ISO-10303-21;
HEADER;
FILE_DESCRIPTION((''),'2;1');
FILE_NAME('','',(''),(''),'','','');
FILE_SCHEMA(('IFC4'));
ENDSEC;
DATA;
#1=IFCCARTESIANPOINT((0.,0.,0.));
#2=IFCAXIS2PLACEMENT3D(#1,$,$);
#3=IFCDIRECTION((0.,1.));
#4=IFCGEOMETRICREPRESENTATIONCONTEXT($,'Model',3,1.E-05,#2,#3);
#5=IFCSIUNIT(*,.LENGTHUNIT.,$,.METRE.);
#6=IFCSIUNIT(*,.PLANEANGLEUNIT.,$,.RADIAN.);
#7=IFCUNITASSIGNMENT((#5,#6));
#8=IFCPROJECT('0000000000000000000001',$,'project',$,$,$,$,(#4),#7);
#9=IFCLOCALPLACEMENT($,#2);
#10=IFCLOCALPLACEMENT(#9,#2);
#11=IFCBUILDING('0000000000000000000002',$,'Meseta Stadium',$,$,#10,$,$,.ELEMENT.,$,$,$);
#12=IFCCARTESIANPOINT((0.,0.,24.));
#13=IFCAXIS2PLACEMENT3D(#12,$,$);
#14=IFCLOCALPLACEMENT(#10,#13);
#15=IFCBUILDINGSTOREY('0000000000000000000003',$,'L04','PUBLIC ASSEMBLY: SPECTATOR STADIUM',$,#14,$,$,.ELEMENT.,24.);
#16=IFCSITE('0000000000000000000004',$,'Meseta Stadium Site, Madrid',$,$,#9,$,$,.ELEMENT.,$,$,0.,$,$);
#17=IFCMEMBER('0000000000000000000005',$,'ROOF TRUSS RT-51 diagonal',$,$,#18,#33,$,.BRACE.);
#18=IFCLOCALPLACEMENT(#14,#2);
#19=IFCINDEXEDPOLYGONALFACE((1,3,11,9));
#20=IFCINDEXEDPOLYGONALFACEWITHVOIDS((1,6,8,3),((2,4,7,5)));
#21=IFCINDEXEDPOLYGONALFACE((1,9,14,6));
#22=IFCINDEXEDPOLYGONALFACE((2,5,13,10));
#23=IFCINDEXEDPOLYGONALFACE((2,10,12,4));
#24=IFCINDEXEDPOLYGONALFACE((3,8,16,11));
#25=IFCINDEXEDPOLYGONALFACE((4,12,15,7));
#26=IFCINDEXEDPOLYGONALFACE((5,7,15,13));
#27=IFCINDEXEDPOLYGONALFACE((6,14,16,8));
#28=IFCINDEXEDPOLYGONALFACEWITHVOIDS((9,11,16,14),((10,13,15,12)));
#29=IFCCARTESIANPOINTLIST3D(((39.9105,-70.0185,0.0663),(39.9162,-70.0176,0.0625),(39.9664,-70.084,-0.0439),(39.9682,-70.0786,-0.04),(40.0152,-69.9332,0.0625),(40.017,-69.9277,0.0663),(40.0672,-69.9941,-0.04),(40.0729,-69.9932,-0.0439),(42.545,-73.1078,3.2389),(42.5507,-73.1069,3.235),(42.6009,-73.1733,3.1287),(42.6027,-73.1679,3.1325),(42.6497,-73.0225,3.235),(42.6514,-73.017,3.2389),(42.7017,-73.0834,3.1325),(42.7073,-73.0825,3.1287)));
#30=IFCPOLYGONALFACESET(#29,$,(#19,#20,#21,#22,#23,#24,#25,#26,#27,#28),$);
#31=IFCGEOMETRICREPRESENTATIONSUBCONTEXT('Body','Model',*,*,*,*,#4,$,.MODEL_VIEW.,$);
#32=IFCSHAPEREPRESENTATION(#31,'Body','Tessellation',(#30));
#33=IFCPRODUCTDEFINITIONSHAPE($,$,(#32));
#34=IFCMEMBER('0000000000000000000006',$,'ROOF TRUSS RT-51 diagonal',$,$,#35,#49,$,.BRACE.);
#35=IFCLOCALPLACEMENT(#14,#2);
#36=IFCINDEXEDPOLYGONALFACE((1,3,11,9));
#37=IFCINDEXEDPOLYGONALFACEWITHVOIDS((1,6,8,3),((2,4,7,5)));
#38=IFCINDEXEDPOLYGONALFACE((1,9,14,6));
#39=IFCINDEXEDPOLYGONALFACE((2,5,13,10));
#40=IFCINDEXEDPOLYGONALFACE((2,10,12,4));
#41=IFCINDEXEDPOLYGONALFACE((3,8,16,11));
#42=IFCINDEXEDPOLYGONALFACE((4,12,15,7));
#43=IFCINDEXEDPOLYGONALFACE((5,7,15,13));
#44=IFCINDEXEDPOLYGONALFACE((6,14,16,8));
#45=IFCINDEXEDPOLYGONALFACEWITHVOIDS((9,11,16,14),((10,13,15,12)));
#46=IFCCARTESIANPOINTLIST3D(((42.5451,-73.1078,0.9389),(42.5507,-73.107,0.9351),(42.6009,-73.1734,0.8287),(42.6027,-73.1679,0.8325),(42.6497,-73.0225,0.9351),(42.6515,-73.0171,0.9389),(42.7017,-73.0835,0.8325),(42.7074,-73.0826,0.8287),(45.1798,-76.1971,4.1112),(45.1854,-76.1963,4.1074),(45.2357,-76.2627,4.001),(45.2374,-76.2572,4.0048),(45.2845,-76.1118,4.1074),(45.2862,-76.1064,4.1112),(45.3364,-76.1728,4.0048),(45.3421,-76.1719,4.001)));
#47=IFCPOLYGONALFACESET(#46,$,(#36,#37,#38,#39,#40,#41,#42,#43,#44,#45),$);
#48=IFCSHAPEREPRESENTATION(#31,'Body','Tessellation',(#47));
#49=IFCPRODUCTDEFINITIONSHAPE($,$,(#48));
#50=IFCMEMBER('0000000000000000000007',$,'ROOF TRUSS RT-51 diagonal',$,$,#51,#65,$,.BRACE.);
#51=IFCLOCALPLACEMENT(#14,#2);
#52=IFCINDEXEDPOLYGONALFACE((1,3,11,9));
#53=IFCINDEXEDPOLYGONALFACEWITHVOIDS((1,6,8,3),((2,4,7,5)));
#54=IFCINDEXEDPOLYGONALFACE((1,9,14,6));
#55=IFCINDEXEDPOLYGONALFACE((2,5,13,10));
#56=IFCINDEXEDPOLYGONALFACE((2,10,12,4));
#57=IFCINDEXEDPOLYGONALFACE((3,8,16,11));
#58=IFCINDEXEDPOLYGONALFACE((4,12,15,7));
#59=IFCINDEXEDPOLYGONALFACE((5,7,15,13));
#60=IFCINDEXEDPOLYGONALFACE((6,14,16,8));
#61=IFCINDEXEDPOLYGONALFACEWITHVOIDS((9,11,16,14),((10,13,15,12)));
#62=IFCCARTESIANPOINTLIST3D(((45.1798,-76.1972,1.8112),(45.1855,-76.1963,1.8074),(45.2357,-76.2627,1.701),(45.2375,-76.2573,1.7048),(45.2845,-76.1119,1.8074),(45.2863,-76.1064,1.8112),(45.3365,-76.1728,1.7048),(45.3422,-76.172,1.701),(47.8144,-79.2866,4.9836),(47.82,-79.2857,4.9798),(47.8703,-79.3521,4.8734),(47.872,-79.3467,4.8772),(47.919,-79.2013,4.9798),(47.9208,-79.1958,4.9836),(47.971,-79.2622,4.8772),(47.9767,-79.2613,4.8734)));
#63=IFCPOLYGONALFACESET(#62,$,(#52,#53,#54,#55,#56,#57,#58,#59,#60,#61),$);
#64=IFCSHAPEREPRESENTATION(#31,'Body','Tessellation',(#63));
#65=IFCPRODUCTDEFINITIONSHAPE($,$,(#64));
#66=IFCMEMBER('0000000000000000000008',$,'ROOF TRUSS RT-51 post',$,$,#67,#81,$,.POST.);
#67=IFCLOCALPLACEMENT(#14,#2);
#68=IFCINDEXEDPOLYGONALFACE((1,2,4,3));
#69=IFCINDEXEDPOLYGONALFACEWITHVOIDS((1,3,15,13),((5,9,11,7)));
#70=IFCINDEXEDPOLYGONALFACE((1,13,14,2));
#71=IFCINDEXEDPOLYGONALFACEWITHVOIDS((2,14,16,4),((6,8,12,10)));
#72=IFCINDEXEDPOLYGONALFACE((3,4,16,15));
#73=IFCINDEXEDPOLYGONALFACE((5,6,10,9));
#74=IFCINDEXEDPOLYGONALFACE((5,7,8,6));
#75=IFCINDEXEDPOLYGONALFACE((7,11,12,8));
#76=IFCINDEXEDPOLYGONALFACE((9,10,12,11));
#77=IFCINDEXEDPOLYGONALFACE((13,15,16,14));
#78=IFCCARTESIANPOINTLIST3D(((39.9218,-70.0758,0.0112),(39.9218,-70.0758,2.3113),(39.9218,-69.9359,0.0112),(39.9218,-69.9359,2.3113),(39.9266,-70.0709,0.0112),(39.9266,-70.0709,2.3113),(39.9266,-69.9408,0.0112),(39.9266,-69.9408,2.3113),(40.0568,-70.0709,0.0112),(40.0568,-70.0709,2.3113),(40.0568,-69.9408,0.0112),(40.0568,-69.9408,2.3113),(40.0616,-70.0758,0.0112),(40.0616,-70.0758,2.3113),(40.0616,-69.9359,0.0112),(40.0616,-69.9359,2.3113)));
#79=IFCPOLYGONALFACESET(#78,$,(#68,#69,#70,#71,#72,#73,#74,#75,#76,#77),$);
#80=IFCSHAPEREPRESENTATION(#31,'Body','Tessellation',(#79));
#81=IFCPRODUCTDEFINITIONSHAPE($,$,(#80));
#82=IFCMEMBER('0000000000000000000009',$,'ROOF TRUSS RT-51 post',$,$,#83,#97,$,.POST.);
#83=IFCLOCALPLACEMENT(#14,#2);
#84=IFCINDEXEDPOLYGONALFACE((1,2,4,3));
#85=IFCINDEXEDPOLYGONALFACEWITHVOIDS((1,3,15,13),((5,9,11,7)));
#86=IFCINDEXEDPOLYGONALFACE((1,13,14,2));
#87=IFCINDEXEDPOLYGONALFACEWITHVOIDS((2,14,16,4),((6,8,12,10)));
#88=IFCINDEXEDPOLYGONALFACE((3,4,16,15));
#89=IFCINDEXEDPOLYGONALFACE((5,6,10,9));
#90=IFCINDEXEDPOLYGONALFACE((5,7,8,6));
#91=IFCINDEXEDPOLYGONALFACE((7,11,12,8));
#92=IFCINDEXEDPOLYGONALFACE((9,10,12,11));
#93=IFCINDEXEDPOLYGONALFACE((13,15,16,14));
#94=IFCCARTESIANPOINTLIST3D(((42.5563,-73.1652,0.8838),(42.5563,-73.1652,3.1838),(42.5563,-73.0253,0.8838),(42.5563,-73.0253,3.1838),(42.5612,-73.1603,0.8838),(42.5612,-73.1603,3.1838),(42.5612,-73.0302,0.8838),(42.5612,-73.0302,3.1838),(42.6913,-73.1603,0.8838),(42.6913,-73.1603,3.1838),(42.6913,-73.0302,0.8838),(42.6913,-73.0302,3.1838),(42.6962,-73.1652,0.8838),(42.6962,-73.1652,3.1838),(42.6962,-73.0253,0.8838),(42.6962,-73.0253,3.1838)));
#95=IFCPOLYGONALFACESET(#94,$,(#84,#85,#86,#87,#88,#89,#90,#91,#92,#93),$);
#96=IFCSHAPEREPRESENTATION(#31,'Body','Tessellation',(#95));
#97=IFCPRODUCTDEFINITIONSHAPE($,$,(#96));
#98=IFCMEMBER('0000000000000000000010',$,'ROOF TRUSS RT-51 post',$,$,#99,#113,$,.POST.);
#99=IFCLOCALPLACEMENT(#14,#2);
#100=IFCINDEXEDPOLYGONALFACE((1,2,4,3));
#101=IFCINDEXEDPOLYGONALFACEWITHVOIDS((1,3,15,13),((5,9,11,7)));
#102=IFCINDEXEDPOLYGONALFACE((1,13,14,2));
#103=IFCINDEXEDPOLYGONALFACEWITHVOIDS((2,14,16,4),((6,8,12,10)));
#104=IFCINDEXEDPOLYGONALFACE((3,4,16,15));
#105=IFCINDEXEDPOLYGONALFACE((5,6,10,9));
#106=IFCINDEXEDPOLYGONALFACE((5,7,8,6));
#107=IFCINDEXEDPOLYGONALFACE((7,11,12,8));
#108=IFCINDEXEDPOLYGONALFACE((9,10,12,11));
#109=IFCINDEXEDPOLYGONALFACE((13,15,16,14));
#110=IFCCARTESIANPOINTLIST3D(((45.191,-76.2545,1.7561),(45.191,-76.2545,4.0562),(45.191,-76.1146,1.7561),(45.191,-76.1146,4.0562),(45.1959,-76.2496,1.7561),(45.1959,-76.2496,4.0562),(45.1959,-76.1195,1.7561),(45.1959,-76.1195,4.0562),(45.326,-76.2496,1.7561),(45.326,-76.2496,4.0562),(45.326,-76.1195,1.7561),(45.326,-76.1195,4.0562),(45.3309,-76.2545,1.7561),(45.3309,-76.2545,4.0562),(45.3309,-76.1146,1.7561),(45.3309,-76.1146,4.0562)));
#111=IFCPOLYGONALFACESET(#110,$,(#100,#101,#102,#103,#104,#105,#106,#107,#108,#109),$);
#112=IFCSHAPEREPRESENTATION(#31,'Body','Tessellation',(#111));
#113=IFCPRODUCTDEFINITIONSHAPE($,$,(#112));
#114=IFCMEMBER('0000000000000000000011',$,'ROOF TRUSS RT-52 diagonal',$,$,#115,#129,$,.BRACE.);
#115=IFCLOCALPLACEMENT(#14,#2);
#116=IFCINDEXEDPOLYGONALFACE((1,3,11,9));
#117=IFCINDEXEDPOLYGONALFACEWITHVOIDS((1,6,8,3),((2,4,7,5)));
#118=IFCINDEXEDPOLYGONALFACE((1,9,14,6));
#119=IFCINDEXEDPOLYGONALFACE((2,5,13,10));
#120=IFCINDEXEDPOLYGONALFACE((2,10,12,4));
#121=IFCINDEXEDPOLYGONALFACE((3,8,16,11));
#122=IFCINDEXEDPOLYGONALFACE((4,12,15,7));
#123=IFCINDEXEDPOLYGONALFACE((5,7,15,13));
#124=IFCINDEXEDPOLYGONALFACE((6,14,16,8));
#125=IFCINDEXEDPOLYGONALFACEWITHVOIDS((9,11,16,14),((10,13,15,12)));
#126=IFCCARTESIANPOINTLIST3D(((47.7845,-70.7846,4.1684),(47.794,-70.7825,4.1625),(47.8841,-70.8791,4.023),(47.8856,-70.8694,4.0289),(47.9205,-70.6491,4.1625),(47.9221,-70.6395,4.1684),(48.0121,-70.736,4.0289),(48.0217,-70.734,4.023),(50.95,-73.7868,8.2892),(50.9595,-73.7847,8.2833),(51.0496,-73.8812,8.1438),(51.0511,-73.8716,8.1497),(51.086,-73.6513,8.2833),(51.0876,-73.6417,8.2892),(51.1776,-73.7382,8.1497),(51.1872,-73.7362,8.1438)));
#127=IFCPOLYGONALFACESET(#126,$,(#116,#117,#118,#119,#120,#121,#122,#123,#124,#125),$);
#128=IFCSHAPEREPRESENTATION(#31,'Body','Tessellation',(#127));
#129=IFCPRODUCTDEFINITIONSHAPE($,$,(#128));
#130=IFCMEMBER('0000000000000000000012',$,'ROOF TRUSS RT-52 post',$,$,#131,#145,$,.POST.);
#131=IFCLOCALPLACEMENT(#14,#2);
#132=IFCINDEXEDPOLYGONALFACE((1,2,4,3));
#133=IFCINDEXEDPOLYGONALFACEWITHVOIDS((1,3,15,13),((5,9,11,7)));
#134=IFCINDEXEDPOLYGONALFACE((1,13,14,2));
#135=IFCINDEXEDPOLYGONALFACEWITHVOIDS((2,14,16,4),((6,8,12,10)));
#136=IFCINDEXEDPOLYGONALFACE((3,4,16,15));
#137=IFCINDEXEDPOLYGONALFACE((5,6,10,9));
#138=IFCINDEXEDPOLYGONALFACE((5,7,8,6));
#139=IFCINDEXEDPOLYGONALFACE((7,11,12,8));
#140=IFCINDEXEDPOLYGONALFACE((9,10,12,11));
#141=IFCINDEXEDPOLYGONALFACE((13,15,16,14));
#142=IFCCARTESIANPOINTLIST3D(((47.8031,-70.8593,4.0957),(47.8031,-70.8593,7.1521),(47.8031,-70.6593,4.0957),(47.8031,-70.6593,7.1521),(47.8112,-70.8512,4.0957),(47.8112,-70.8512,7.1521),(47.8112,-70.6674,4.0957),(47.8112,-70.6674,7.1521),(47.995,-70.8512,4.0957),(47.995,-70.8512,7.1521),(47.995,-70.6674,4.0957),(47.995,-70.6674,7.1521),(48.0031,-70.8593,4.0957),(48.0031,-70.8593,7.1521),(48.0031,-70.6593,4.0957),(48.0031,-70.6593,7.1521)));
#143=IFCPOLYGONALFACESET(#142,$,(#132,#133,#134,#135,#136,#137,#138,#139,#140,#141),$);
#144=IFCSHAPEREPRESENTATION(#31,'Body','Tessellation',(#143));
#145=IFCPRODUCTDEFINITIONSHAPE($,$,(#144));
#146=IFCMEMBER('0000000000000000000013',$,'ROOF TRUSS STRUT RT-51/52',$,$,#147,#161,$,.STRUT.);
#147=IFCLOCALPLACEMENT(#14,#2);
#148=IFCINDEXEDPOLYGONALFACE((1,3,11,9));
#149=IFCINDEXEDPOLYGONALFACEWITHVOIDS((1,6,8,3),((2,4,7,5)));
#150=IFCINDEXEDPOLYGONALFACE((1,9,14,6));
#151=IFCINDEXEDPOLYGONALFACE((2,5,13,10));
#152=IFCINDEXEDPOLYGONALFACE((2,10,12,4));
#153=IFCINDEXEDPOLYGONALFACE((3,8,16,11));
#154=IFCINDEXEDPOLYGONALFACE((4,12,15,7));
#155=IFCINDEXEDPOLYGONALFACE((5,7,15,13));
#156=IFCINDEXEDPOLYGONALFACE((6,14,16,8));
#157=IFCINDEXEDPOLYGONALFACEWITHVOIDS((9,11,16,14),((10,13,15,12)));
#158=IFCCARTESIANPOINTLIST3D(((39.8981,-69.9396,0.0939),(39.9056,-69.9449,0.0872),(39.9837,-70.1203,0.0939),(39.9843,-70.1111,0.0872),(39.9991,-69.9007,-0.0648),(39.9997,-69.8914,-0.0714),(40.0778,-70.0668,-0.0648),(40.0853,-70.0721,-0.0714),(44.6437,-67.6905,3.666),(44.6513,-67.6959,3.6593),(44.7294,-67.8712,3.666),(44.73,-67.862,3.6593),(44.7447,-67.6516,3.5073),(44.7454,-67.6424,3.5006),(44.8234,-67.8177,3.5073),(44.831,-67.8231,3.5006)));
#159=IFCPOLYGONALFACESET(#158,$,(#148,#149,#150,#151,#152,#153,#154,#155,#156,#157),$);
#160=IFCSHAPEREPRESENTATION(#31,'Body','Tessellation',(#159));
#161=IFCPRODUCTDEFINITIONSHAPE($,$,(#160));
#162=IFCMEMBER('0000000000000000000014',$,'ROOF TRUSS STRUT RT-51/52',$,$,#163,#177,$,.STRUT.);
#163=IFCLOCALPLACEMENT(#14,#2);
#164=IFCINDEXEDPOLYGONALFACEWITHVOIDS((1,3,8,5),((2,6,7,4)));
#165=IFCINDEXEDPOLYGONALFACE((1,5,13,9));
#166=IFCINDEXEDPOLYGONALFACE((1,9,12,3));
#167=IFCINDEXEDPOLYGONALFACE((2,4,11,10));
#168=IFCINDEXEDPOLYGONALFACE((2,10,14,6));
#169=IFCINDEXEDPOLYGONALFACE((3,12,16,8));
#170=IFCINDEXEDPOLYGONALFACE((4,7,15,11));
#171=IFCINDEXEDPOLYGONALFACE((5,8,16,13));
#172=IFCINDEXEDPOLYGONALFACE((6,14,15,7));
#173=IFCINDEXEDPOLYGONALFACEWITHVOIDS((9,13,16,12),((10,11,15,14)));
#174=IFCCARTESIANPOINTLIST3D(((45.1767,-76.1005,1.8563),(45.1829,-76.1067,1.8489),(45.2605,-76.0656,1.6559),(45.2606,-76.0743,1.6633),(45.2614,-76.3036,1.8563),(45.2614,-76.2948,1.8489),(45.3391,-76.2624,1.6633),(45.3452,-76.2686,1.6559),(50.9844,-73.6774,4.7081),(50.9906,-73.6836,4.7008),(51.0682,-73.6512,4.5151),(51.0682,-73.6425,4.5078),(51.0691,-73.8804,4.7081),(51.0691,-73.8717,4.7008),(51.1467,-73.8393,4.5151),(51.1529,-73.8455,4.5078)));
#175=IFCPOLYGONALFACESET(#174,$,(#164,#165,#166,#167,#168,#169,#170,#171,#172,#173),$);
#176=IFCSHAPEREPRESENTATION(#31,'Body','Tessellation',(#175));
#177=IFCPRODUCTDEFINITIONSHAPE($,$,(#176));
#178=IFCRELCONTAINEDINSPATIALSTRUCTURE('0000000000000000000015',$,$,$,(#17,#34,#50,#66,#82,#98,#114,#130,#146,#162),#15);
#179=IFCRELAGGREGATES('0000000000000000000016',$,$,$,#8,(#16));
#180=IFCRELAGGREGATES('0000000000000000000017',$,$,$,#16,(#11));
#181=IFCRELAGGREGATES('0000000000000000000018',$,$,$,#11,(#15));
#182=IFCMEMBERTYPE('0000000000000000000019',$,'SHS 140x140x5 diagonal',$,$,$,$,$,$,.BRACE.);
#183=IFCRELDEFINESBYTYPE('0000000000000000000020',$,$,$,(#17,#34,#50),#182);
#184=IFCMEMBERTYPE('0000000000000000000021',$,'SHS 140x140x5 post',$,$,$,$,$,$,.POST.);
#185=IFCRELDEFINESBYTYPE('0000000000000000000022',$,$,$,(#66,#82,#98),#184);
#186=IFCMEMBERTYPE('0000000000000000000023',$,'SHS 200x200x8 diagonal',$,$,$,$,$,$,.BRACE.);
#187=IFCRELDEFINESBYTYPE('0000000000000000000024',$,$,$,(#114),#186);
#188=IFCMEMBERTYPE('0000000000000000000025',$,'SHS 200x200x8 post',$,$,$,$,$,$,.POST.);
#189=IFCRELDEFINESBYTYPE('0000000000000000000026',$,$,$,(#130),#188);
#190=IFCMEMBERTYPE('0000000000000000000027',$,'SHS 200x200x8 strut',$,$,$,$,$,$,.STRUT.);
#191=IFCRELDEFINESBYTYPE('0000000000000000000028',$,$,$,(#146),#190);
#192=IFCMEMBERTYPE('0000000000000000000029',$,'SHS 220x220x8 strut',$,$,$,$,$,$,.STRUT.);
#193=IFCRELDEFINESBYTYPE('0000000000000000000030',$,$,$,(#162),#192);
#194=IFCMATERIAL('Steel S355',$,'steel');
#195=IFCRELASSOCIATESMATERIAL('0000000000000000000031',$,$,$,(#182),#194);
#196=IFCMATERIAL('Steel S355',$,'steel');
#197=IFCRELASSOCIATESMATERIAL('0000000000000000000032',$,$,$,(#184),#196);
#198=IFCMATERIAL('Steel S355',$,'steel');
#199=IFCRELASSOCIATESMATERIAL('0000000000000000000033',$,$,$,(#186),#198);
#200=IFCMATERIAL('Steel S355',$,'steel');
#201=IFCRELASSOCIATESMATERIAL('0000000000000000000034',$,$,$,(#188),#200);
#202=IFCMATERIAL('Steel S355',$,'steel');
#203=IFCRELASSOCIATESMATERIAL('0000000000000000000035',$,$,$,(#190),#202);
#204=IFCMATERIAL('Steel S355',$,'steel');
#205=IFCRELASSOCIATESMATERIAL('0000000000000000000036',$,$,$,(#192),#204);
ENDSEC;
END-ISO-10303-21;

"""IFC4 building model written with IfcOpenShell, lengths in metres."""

from ifc_helpers import new_model, si_unit, direction, frame, origin, origin_2d, place, context, subcontext, project, spatial, hollow_rectangle, extrude, material, material_profile, profile_set, type_object, element, save


model = new_model("IFC4")

# Units and contexts
model_context = context("Model", 3, precision=1e-05, world=origin(), true_north=direction((0.0, 1.0)))
body_context = subcontext(model_context, "Body", "Model", "MODEL_VIEW")
ifc_project = project(units=[si_unit("LENGTHUNIT", "METRE"), si_unit("PLANEANGLEUNIT", "RADIAN")], contexts=[model_context])

# Site, building, storey
site_placement = place(None, origin())
site = spatial("IfcSite", under=ifc_project, at=site_placement, Name="Meseta Stadium Site, Madrid", CompositionType="ELEMENT", RefElevation=0.0)
building_placement = place(site_placement, origin())
building = spatial("IfcBuilding", under=site, at=building_placement, Name="Meseta Stadium", CompositionType="ELEMENT")
storey_placement = place(building_placement, frame((0.0, 0.0, 24.0)))
storey = spatial("IfcBuildingStorey", under=building, at=storey_placement, Name="L04", Description="PUBLIC ASSEMBLY: SPECTATOR STADIUM", CompositionType="ELEMENT", Elevation=24.0)

# Members
ifc_material_1 = material(Name="Steel S355", Category="steel")
ifc_material_profile_1 = material_profile(ifc_material_1, hollow_rectangle(XDim=0.1399, YDim=0.1399, WallThickness=0.0049, at=origin_2d()), Name="SHS 140x140x5")
ifc_profile_set_1 = profile_set([ifc_material_profile_1], Name="Steel S355")
member_type_1 = type_object("IfcMemberType", Name="SHS 140x140x5 diagonal", PredefinedType="BRACE", material=ifc_profile_set_1)
for number, where, z_axis, x_axis, name in (
    (1, (39.9917, -70.0059, 0.0112), (0.51129, -0.599561, 0.615718), (0.760897, 0.648873, 0.0), "ROOF TRUSS RT-51 diagonal"),
    (2, (42.6262, -73.0952, 0.8838), (0.51134, -0.599564, 0.615674), (0.760867, 0.648908, 0.0), "ROOF TRUSS RT-51 diagonal"),
    (3, (45.261, -76.1846, 1.7561), (0.511305, -0.599579, 0.615689), (0.760897, 0.648873, 0.0), "ROOF TRUSS RT-51 diagonal"),
):
    element("IfcMember", number, at=place(storey_placement, frame(where, z_axis=z_axis, x_axis=x_axis)), inside=storey, type_object=member_type_1, Name=name, PredefinedType="BRACE", context=body_context, shape_type="SweptSolid", body=[
        extrude(hollow_rectangle(XDim=0.1399, YDim=0.1399, WallThickness=0.0049, at=origin_2d()), origin(), (0.0, 0.0, 1.0), 5.1526),
    ])
ifc_material_2 = material(Name="Steel S355", Category="steel")
ifc_material_profile_2 = material_profile(ifc_material_2, hollow_rectangle(XDim=0.1399, YDim=0.1399, WallThickness=0.0049, at=origin_2d()), Name="SHS 140x140x5")
ifc_profile_set_2 = profile_set([ifc_material_profile_2], Name="Steel S355")
member_type_2 = type_object("IfcMemberType", Name="SHS 140x140x5 post", PredefinedType="POST", material=ifc_profile_set_2)
for number, where, z_axis, x_axis, name in (
    (4, (39.9917, -70.0059, 0.0112), (0.0, 0.0, 1.0), (1.0, 0.0, 0.0), "ROOF TRUSS RT-51 post"),
    (5, (42.6262, -73.0952, 0.8838), (0.0, 0.0, 1.0), (1.0, 0.0, 0.0), "ROOF TRUSS RT-51 post"),
    (6, (45.261, -76.1846, 1.7561), (0.0, 0.0, 1.0), (1.0, 0.0, 0.0), "ROOF TRUSS RT-51 post"),
):
    element("IfcMember", number, at=place(storey_placement, frame(where, z_axis=z_axis, x_axis=x_axis)), inside=storey, type_object=member_type_2, Name=name, PredefinedType="POST", context=body_context, shape_type="SweptSolid", body=[
        extrude(hollow_rectangle(XDim=0.1399, YDim=0.1399, WallThickness=0.0049, at=origin_2d()), origin(), (0.0, 0.0, 1.0), 2.3),
    ])
ifc_material_3 = material(Name="Steel S355", Category="steel")
ifc_material_profile_3 = material_profile(ifc_material_3, hollow_rectangle(XDim=0.2, YDim=0.2, WallThickness=0.0081, at=origin_2d()), Name="SHS 200x200x8")
ifc_profile_set_3 = profile_set([ifc_material_profile_3], Name="Steel S355")
member_type_3 = type_object("IfcMemberType", Name="SHS 200x200x8 diagonal", PredefinedType="BRACE", material=ifc_profile_set_3)
member_1_placement = place(storey_placement, frame((47.9031, -70.7593, 4.0957), z_axis=(0.527477, -0.500261, 0.686664), x_axis=(0.68814, 0.725578, 0.0)))
element("IfcMember", 7, at=member_1_placement, inside=storey, type_object=member_type_3, Name="ROOF TRUSS RT-52 diagonal", PredefinedType="BRACE", context=body_context, shape_type="SweptSolid", body=[
    extrude(hollow_rectangle(XDim=0.2, YDim=0.2, WallThickness=0.0081, at=origin_2d()), origin(), (0.0, 0.0, 1.0), 6.0012),
])
ifc_material_4 = material(Name="Steel S355", Category="steel")
ifc_material_profile_4 = material_profile(ifc_material_4, hollow_rectangle(XDim=0.2, YDim=0.2, WallThickness=0.0081, at=origin_2d()), Name="SHS 200x200x8")
ifc_profile_set_4 = profile_set([ifc_material_profile_4], Name="Steel S355")
member_type_4 = type_object("IfcMemberType", Name="SHS 200x200x8 post", PredefinedType="POST", material=ifc_profile_set_4)
member_2_placement = place(storey_placement, frame((47.9031, -70.7593, 4.0957), z_axis=(0.0, 0.0, 1.0), x_axis=(1.0, 0.0, 0.0)))
element("IfcMember", 8, at=member_2_placement, inside=storey, type_object=member_type_4, Name="ROOF TRUSS RT-52 post", PredefinedType="POST", context=body_context, shape_type="SweptSolid", body=[
    extrude(hollow_rectangle(XDim=0.2, YDim=0.2, WallThickness=0.0081, at=origin_2d()), origin(), (0.0, 0.0, 1.0), 3.0564),
])
ifc_material_5 = material(Name="Steel S355", Category="steel")
ifc_material_profile_5 = material_profile(ifc_material_5, hollow_rectangle(XDim=0.2, YDim=0.2, WallThickness=0.0081, at=origin_2d()), Name="SHS 200x200x8")
ifc_profile_set_5 = profile_set([ifc_material_profile_5], Name="Steel S355")
member_type_5 = type_object("IfcMemberType", Name="SHS 200x200x8 strut", PredefinedType="STRUT", material=ifc_profile_set_5)
member_3_placement = place(storey_placement, frame((39.9917, -70.0059, 0.0112), z_axis=(0.747194, 0.354108, 0.562413), x_axis=(-0.428258, 0.903656, 0.0)))
element("IfcMember", 9, at=member_3_placement, inside=storey, type_object=member_type_5, Name="ROOF TRUSS STRUT RT-51/52", PredefinedType="STRUT", context=body_context, shape_type="SweptSolid", body=[
    extrude(hollow_rectangle(XDim=0.2, YDim=0.2, WallThickness=0.0081, at=origin_2d()), origin(), (0.0, 0.0, 1.0), 6.3513),
])
ifc_material_6 = material(Name="Steel S355", Category="steel")
ifc_material_profile_6 = material_profile(ifc_material_6, hollow_rectangle(XDim=0.22, YDim=0.22, WallThickness=0.0081, at=origin_2d()), Name="SHS 220x220x8")
ifc_profile_set_6 = profile_set([ifc_material_profile_6], Name="Steel S355")
member_type_6 = type_object("IfcMemberType", Name="SHS 220x220x8 strut", PredefinedType="STRUT", material=ifc_profile_set_6)
member_4_placement = place(storey_placement, frame((45.261, -76.1846, 1.7561), z_axis=(0.840602, 0.350722, 0.412774), x_axis=(-0.385056, 0.922893, 0.0)))
element("IfcMember", 10, at=member_4_placement, inside=storey, type_object=member_type_6, Name="ROOF TRUSS STRUT RT-51/52", PredefinedType="STRUT", context=body_context, shape_type="SweptSolid", body=[
    extrude(hollow_rectangle(XDim=0.22, YDim=0.22, WallThickness=0.0081, at=origin_2d()), origin(), (0.0, 0.0, 1.0), 6.9089),
])

save(model, "model.ifc")
